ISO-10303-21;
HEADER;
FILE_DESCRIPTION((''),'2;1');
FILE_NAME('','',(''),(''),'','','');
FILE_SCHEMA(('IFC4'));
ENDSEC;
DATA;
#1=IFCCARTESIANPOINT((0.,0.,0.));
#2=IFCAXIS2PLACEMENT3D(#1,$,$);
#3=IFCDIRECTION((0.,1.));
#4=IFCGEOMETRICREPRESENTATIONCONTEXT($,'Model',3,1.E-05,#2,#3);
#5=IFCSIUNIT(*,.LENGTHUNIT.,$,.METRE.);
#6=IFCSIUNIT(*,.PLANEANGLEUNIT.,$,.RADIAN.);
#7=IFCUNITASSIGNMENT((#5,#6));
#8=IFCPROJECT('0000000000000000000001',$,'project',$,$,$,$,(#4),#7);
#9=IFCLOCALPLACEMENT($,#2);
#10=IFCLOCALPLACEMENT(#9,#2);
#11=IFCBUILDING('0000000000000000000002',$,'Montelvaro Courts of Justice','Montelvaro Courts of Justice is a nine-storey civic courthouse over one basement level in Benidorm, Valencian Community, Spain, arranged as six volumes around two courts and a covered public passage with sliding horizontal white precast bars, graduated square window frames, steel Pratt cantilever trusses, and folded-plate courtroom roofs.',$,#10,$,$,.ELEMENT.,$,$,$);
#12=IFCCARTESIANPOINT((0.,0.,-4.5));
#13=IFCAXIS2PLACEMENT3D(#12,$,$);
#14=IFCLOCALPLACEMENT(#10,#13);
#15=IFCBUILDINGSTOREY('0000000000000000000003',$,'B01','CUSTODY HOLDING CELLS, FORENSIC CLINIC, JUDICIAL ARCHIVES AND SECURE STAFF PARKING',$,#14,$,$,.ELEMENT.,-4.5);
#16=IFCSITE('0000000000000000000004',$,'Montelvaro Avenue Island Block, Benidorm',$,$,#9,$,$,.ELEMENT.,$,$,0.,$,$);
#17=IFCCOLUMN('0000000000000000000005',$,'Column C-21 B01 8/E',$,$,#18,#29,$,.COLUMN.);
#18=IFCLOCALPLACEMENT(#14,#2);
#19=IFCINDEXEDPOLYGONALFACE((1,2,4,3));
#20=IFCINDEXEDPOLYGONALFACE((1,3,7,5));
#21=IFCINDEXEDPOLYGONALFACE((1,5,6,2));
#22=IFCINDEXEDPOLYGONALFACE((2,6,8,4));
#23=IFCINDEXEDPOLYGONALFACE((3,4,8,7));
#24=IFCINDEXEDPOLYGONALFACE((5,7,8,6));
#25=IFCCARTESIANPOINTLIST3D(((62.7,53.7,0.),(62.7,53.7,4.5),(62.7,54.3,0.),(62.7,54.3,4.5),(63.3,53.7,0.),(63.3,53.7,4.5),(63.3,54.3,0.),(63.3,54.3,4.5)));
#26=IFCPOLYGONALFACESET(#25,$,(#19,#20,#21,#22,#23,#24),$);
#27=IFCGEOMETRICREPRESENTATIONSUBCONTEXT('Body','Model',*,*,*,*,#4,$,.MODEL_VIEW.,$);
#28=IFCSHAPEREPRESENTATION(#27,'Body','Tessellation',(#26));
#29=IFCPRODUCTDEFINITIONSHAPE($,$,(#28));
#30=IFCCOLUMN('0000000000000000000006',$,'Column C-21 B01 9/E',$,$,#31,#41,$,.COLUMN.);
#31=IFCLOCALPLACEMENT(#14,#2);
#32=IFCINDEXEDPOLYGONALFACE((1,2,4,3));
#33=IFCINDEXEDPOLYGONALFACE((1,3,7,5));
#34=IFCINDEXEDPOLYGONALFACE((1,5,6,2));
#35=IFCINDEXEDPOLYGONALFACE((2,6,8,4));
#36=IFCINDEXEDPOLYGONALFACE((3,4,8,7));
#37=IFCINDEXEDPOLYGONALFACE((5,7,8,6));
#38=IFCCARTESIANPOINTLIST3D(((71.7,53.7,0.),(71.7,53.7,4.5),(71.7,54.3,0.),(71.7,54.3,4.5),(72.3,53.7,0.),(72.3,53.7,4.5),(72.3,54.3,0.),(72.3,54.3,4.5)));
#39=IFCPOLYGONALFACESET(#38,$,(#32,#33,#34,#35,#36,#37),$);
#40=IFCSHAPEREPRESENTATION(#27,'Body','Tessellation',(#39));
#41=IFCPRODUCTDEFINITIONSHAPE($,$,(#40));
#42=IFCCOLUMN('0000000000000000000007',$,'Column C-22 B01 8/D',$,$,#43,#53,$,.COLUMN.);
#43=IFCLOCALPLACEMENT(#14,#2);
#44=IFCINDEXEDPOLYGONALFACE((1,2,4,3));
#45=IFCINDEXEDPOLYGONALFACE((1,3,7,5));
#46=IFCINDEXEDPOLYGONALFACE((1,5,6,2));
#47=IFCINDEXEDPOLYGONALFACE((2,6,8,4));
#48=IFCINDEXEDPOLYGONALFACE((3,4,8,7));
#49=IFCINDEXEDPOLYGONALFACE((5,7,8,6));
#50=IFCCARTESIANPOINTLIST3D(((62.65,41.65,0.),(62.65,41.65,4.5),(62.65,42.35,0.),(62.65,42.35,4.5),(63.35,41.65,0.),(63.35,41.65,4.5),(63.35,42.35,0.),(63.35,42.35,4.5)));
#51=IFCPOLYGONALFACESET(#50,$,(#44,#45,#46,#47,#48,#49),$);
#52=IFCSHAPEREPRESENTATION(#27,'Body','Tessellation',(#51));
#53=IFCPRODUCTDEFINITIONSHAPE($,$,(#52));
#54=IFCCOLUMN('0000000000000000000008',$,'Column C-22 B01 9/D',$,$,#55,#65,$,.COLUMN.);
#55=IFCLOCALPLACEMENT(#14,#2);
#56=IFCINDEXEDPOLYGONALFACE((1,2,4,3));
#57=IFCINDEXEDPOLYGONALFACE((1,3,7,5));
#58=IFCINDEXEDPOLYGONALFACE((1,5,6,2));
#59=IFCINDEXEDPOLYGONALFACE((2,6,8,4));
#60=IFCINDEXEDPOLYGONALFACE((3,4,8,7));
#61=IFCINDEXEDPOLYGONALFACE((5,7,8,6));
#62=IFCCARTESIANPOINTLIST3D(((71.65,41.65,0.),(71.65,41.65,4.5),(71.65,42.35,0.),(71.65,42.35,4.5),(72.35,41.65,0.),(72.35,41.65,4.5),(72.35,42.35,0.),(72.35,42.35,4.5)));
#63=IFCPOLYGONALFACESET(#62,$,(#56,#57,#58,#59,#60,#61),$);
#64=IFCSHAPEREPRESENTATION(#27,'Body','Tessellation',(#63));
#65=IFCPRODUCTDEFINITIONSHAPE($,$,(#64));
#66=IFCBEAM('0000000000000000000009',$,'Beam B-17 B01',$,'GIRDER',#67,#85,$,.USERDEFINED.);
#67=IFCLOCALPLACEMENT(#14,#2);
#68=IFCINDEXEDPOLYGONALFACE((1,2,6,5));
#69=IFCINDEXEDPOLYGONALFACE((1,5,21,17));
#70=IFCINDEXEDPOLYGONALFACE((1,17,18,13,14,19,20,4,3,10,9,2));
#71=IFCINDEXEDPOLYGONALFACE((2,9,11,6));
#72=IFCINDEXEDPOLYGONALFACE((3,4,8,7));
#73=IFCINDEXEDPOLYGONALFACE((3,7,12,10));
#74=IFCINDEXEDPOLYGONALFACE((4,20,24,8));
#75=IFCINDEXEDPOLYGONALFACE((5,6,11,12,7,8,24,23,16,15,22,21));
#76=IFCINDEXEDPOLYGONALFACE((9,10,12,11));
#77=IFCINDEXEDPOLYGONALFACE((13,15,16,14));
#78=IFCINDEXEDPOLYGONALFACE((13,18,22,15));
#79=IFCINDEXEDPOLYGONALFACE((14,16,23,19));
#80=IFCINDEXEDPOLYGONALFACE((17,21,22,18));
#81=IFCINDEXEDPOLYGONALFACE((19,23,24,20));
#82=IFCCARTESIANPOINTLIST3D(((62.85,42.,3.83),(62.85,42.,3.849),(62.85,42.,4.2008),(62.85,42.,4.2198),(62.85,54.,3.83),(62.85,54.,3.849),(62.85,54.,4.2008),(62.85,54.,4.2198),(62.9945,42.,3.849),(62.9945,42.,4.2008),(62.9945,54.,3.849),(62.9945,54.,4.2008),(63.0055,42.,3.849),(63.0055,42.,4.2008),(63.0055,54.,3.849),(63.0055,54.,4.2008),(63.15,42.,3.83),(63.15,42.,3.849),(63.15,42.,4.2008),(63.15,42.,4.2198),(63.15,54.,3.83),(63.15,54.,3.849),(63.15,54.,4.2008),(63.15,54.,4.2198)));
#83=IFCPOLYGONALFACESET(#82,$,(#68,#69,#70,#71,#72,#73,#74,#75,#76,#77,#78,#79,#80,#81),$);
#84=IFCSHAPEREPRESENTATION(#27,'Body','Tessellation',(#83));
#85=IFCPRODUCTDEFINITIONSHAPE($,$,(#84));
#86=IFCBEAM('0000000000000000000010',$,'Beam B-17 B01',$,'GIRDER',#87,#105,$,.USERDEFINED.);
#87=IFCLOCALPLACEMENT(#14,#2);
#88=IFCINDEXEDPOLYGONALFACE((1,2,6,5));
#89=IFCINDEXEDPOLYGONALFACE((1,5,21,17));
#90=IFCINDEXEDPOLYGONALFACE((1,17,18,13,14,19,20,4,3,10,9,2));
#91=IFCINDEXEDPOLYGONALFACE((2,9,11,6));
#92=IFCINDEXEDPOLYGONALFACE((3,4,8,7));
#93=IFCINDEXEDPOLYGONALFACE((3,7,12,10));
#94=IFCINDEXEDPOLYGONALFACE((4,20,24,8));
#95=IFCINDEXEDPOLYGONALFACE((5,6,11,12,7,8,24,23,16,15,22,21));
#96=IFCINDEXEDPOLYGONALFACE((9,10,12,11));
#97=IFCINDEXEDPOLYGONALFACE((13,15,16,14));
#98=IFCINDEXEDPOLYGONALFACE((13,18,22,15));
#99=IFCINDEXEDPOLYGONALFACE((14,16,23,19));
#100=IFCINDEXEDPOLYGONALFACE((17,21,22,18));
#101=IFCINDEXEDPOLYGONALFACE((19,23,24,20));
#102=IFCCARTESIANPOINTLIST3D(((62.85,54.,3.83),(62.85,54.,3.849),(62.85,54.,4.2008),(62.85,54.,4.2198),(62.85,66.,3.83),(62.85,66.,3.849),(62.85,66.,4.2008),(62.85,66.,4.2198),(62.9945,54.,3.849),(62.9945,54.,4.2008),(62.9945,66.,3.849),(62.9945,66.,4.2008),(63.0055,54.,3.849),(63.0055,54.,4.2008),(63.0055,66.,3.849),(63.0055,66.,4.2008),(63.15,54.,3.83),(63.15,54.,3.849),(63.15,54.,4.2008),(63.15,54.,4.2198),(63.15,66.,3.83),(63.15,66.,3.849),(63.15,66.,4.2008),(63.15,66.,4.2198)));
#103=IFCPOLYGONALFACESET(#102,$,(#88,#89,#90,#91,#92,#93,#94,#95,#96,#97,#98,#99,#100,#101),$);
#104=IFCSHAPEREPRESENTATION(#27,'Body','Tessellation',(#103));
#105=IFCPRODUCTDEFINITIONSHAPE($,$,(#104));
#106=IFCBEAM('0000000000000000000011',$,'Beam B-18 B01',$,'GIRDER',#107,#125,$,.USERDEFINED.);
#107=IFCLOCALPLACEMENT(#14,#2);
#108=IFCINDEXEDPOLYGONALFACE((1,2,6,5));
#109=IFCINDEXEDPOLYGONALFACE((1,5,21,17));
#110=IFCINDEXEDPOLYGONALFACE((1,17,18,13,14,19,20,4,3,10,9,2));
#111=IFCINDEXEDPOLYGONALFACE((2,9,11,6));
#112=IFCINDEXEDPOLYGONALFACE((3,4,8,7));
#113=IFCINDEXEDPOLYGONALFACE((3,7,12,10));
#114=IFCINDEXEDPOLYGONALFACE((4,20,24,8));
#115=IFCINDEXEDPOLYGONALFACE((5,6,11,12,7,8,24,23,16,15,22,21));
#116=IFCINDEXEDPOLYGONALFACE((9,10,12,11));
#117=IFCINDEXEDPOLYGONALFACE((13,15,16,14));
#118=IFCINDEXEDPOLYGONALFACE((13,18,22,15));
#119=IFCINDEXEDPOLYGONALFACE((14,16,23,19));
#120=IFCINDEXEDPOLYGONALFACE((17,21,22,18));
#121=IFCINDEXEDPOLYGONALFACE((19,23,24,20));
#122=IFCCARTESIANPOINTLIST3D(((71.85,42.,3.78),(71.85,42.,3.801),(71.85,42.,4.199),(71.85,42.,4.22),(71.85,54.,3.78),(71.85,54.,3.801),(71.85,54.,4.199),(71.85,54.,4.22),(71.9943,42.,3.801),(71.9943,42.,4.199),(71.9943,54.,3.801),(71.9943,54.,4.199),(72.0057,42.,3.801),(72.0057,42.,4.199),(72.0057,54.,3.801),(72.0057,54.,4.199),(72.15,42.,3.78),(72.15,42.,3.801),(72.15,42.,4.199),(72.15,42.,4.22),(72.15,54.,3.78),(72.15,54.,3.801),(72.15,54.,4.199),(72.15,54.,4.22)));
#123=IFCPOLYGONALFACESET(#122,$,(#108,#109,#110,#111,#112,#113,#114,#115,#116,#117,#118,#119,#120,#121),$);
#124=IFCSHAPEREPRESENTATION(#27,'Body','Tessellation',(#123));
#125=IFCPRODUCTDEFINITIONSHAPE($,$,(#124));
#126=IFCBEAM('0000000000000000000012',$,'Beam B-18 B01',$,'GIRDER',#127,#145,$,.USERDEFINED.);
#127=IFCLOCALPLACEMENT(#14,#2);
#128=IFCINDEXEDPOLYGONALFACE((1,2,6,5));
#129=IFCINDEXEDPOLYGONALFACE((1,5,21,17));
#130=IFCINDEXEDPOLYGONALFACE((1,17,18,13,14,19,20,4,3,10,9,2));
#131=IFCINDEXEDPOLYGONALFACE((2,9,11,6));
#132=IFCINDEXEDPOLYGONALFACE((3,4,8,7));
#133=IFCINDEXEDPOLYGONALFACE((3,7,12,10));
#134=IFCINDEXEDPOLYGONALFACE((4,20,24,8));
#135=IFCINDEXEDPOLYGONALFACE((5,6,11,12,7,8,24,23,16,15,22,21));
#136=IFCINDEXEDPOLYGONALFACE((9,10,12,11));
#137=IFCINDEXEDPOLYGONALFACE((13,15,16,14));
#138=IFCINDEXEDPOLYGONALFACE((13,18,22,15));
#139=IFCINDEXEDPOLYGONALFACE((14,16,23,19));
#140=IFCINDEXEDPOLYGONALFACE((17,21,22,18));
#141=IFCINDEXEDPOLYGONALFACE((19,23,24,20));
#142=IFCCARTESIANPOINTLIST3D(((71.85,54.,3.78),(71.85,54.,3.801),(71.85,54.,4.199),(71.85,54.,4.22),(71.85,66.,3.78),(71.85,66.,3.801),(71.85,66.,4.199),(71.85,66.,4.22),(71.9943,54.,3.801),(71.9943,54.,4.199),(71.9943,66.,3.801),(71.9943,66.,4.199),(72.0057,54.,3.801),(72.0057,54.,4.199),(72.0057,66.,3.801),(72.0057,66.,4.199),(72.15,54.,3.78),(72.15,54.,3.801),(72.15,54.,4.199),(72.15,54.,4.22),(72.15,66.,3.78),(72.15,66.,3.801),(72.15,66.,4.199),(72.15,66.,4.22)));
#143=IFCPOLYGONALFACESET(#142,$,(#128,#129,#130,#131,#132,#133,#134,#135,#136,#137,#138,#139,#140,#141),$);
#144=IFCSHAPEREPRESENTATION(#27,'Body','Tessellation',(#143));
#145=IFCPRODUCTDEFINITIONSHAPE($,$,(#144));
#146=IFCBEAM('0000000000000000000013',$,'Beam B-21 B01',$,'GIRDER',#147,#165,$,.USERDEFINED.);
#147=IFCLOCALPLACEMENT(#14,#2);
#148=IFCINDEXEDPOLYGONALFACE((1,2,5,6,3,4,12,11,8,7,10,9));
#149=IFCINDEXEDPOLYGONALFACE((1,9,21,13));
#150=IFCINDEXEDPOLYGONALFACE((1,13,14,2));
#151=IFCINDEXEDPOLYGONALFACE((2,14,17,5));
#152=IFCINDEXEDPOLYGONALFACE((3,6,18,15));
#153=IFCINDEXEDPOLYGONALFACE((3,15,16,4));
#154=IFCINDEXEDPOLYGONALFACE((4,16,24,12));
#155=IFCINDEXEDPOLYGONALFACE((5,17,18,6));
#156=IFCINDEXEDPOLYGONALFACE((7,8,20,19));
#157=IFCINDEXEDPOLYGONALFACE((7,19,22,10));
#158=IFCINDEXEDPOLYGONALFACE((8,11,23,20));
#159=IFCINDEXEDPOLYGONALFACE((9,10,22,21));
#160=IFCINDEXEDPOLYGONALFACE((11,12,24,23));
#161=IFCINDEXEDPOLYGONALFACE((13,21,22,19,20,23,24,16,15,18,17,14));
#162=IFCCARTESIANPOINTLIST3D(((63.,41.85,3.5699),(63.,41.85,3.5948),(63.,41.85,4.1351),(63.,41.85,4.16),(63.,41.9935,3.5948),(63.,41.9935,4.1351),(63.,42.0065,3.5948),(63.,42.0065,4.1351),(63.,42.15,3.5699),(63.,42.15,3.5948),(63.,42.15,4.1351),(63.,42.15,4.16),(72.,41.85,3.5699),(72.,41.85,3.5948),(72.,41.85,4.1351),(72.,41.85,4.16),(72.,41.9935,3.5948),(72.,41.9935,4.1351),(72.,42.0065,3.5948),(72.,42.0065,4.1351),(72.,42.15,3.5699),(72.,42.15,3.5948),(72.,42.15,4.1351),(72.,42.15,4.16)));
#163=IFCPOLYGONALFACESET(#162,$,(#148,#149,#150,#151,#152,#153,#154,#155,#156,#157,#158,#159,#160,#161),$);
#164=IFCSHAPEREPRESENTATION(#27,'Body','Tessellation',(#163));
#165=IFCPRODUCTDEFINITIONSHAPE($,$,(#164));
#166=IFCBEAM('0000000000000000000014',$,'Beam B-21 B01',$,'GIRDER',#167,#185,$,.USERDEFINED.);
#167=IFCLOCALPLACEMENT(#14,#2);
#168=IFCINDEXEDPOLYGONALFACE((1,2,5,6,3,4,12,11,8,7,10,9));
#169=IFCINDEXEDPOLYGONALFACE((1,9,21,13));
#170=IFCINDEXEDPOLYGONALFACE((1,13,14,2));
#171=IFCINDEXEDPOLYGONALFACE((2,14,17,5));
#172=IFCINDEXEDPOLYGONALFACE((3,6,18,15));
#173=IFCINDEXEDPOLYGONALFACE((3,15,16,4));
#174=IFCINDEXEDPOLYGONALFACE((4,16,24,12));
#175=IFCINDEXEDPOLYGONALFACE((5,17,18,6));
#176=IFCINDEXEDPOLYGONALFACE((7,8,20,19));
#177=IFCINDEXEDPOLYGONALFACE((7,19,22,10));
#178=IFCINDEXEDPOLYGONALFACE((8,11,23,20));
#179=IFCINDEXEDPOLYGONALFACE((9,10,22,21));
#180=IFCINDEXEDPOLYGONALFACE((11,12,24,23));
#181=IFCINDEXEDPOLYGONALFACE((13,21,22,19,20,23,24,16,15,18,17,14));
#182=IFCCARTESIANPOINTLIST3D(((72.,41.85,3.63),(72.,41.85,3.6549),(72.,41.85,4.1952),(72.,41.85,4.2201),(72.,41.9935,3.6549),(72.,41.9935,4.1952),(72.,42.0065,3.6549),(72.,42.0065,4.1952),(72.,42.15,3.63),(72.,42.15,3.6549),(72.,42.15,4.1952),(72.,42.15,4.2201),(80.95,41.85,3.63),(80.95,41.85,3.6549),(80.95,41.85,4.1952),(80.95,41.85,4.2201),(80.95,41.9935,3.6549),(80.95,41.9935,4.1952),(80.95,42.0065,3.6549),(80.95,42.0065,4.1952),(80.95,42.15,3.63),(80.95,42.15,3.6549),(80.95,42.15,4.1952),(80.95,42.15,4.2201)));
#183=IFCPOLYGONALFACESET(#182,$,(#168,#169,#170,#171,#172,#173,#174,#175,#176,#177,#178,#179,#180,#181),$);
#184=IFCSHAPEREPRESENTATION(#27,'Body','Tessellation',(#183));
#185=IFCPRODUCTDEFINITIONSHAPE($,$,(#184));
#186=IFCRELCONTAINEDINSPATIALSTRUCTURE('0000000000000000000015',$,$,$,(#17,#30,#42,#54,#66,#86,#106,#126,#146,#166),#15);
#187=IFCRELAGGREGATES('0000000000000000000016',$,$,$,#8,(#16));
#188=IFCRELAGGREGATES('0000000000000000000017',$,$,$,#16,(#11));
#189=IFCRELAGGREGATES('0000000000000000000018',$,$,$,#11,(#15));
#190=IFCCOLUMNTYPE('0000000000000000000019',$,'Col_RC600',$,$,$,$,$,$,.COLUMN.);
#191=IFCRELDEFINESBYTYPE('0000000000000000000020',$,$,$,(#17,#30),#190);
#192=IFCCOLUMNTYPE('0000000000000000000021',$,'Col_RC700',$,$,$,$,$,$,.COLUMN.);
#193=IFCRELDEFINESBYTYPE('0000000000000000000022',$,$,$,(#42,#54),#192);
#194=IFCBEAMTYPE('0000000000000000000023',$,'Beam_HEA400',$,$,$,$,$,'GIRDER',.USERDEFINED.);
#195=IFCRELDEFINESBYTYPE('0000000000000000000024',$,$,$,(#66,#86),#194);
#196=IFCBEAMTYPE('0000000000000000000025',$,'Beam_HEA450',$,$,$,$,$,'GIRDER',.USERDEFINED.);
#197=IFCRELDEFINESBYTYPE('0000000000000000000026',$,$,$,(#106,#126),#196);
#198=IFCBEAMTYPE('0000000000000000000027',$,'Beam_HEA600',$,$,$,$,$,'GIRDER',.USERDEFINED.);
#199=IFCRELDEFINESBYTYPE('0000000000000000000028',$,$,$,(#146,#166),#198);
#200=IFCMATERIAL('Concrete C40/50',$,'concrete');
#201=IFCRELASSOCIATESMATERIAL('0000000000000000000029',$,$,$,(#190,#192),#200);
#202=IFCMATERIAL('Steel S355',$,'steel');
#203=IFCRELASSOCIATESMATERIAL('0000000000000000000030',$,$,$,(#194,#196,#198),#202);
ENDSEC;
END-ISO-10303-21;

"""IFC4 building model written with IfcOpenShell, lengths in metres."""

from ifc_helpers import new_model, si_unit, direction, frame, origin, origin_2d, place, context, subcontext, project, spatial, rectangle, i_section, extrude, material, material_profile, profile_set, type_object, element, save


model = new_model("IFC4")

# Units and contexts
model_context = context("Model", 3, precision=1e-05, world=origin(), true_north=direction((0.0, 1.0)))
body_context = subcontext(model_context, "Body", "Model", "MODEL_VIEW")
ifc_project = project(units=[si_unit("LENGTHUNIT", "METRE"), si_unit("PLANEANGLEUNIT", "RADIAN")], contexts=[model_context])

# Site, building, storey
site_placement = place(None, origin())
site = spatial("IfcSite", under=ifc_project, at=site_placement, Name="Montelvaro Avenue Island Block, Benidorm", CompositionType="ELEMENT", RefElevation=0.0)
building_placement = place(site_placement, origin())
building = spatial("IfcBuilding", under=site, at=building_placement, Name="Montelvaro Courts of Justice", Description="Montelvaro Courts of Justice is a nine-storey civic courthouse over one basement level in Benidorm, Valencian Community, Spain, arranged as six volumes around two courts and a covered public passage with sliding horizontal white precast bars, graduated square window frames, steel Pratt cantilever trusses, and folded-plate courtroom roofs.", CompositionType="ELEMENT")
storey_placement = place(building_placement, frame((0.0, 0.0, -4.5)))
storey = spatial("IfcBuildingStorey", under=building, at=storey_placement, Name="B01", Description="CUSTODY HOLDING CELLS, FORENSIC CLINIC, JUDICIAL ARCHIVES AND SECURE STAFF PARKING", CompositionType="ELEMENT", Elevation=-4.5)

# Columns
ifc_material_1 = material(Name="Concrete C40/50", Category="concrete")
ifc_material_profile_1 = material_profile(ifc_material_1, rectangle(XDim=0.6001, YDim=0.6001, at=origin_2d()), Name="RC 600x600")
ifc_profile_set_1 = profile_set([ifc_material_profile_1], Name="Concrete C40/50")
column_type_1 = type_object("IfcColumnType", Name="Col_RC600", PredefinedType="COLUMN", material=ifc_profile_set_1)
for number, where, z_axis, x_axis, name in (
    (1, (63.0, 54.0, 0.0), (0.0, 0.0, 1.0), (1.0, 0.0, 0.0), "Column C-21 B01 8/E"),
    (2, (72.0, 54.0, 0.0), (0.0, 0.0, 1.0), (1.0, 0.0, 0.0), "Column C-21 B01 9/E"),
):
    element("IfcColumn", number, at=place(storey_placement, frame(where, z_axis=z_axis, x_axis=x_axis)), inside=storey, type_object=column_type_1, Name=name, PredefinedType="COLUMN", context=body_context, shape_type="SweptSolid", body=[
        extrude(rectangle(XDim=0.6001, YDim=0.6001, at=origin_2d()), origin(), (0.0, 0.0, 1.0), 4.5),
    ])
ifc_material_profile_2 = material_profile(ifc_material_1, rectangle(XDim=0.7, YDim=0.7, at=origin_2d()), Name="RC 700x700")
ifc_profile_set_2 = profile_set([ifc_material_profile_2], Name="Concrete C40/50")
column_type_2 = type_object("IfcColumnType", Name="Col_RC700", PredefinedType="COLUMN", material=ifc_profile_set_2)
for number, where, z_axis, x_axis, name in (
    (3, (63.0, 42.0, 0.0), (0.0, 0.0, 1.0), (1.0, 0.0, 0.0), "Column C-22 B01 8/D"),
    (4, (72.0, 42.0, 0.0), (0.0, 0.0, 1.0), (1.0, 0.0, 0.0), "Column C-22 B01 9/D"),
):
    element("IfcColumn", number, at=place(storey_placement, frame(where, z_axis=z_axis, x_axis=x_axis)), inside=storey, type_object=column_type_2, Name=name, PredefinedType="COLUMN", context=body_context, shape_type="SweptSolid", body=[
        extrude(rectangle(XDim=0.7, YDim=0.7, at=origin_2d()), origin(), (0.0, 0.0, 1.0), 4.5),
    ])

# Beams
ifc_material_2 = material(Name="Steel S355", Category="steel")
ifc_material_profile_3 = material_profile(ifc_material_2, i_section(OverallWidth=0.3, OverallDepth=0.3899, WebThickness=0.011, FlangeThickness=0.019, at=origin_2d()), Name="HEA 400")
ifc_profile_set_3 = profile_set([ifc_material_profile_3], Name="Steel S355")
beam_type_1 = type_object("IfcBeamType", Name="Beam_HEA400", ElementType="GIRDER", PredefinedType="USERDEFINED", material=ifc_profile_set_3)
for number, where, z_axis, x_axis, name in (
    (5, (63.0, 42.0, 4.0249), (0.0, 1.0, 0.0), (-1.0, 0.0, 0.0), "Beam B-17 B01"),
    (6, (63.0, 54.0, 4.0249), (0.0, 1.0, 0.0), (-1.0, 0.0, 0.0), "Beam B-17 B01"),
):
    element("IfcBeam", number, at=place(storey_placement, frame(where, z_axis=z_axis, x_axis=x_axis)), inside=storey, type_object=beam_type_1, Name=name, ObjectType="GIRDER", PredefinedType="USERDEFINED", context=body_context, shape_type="SweptSolid", body=[
        extrude(i_section(OverallWidth=0.3, OverallDepth=0.3899, WebThickness=0.011, FlangeThickness=0.019, at=origin_2d()), origin(), (0.0, 0.0, 1.0), 12.0),
    ])
ifc_material_profile_4 = material_profile(ifc_material_2, i_section(OverallWidth=0.3, OverallDepth=0.4399, WebThickness=0.0115, FlangeThickness=0.021, at=origin_2d()), Name="HEA 450")
ifc_profile_set_4 = profile_set([ifc_material_profile_4], Name="Steel S355")
beam_type_2 = type_object("IfcBeamType", Name="Beam_HEA450", ElementType="GIRDER", PredefinedType="USERDEFINED", material=ifc_profile_set_4)
for number, where, z_axis, x_axis, name in (
    (7, (72.0, 42.0, 4.0), (0.0, 1.0, 0.0), (-1.0, 0.0, 0.0), "Beam B-18 B01"),
    (8, (72.0, 54.0, 4.0), (0.0, 1.0, 0.0), (-1.0, 0.0, 0.0), "Beam B-18 B01"),
):
    element("IfcBeam", number, at=place(storey_placement, frame(where, z_axis=z_axis, x_axis=x_axis)), inside=storey, type_object=beam_type_2, Name=name, ObjectType="GIRDER", PredefinedType="USERDEFINED", context=body_context, shape_type="SweptSolid", body=[
        extrude(i_section(OverallWidth=0.3, OverallDepth=0.4399, WebThickness=0.0115, FlangeThickness=0.021, at=origin_2d()), origin(), (0.0, 0.0, 1.0), 12.0),
    ])
ifc_material_profile_5 = material_profile(ifc_material_2, i_section(OverallWidth=0.3, OverallDepth=0.5901, WebThickness=0.0129, FlangeThickness=0.0249, at=origin_2d()), Name="HEA 600")
ifc_profile_set_5 = profile_set([ifc_material_profile_5], Name="Steel S355")
beam_type_3 = type_object("IfcBeamType", Name="Beam_HEA600", ElementType="GIRDER", PredefinedType="USERDEFINED", material=ifc_profile_set_5)
beam_1_placement = place(storey_placement, frame((63.0, 42.0, 3.865), z_axis=(1.0, 0.0, 0.0), x_axis=(0.0, 1.0, 0.0)))
element("IfcBeam", 9, at=beam_1_placement, inside=storey, type_object=beam_type_3, Name="Beam B-21 B01", ObjectType="GIRDER", PredefinedType="USERDEFINED", context=body_context, shape_type="SweptSolid", body=[
    extrude(i_section(OverallWidth=0.3, OverallDepth=0.5901, WebThickness=0.0129, FlangeThickness=0.0249, at=origin_2d()), origin(), (0.0, 0.0, 1.0), 9.0),
])
beam_2_placement = place(storey_placement, frame((72.0, 42.0, 3.925), z_axis=(1.0, 0.0, 0.0), x_axis=(0.0, 1.0, 0.0)))
element("IfcBeam", 10, at=beam_2_placement, inside=storey, type_object=beam_type_3, Name="Beam B-21 B01", ObjectType="GIRDER", PredefinedType="USERDEFINED", context=body_context, shape_type="SweptSolid", body=[
    extrude(i_section(OverallWidth=0.3, OverallDepth=0.5901, WebThickness=0.0129, FlangeThickness=0.0249, at=origin_2d()), origin(), (0.0, 0.0, 1.0), 8.95),
])

save(model, "model.ifc")
